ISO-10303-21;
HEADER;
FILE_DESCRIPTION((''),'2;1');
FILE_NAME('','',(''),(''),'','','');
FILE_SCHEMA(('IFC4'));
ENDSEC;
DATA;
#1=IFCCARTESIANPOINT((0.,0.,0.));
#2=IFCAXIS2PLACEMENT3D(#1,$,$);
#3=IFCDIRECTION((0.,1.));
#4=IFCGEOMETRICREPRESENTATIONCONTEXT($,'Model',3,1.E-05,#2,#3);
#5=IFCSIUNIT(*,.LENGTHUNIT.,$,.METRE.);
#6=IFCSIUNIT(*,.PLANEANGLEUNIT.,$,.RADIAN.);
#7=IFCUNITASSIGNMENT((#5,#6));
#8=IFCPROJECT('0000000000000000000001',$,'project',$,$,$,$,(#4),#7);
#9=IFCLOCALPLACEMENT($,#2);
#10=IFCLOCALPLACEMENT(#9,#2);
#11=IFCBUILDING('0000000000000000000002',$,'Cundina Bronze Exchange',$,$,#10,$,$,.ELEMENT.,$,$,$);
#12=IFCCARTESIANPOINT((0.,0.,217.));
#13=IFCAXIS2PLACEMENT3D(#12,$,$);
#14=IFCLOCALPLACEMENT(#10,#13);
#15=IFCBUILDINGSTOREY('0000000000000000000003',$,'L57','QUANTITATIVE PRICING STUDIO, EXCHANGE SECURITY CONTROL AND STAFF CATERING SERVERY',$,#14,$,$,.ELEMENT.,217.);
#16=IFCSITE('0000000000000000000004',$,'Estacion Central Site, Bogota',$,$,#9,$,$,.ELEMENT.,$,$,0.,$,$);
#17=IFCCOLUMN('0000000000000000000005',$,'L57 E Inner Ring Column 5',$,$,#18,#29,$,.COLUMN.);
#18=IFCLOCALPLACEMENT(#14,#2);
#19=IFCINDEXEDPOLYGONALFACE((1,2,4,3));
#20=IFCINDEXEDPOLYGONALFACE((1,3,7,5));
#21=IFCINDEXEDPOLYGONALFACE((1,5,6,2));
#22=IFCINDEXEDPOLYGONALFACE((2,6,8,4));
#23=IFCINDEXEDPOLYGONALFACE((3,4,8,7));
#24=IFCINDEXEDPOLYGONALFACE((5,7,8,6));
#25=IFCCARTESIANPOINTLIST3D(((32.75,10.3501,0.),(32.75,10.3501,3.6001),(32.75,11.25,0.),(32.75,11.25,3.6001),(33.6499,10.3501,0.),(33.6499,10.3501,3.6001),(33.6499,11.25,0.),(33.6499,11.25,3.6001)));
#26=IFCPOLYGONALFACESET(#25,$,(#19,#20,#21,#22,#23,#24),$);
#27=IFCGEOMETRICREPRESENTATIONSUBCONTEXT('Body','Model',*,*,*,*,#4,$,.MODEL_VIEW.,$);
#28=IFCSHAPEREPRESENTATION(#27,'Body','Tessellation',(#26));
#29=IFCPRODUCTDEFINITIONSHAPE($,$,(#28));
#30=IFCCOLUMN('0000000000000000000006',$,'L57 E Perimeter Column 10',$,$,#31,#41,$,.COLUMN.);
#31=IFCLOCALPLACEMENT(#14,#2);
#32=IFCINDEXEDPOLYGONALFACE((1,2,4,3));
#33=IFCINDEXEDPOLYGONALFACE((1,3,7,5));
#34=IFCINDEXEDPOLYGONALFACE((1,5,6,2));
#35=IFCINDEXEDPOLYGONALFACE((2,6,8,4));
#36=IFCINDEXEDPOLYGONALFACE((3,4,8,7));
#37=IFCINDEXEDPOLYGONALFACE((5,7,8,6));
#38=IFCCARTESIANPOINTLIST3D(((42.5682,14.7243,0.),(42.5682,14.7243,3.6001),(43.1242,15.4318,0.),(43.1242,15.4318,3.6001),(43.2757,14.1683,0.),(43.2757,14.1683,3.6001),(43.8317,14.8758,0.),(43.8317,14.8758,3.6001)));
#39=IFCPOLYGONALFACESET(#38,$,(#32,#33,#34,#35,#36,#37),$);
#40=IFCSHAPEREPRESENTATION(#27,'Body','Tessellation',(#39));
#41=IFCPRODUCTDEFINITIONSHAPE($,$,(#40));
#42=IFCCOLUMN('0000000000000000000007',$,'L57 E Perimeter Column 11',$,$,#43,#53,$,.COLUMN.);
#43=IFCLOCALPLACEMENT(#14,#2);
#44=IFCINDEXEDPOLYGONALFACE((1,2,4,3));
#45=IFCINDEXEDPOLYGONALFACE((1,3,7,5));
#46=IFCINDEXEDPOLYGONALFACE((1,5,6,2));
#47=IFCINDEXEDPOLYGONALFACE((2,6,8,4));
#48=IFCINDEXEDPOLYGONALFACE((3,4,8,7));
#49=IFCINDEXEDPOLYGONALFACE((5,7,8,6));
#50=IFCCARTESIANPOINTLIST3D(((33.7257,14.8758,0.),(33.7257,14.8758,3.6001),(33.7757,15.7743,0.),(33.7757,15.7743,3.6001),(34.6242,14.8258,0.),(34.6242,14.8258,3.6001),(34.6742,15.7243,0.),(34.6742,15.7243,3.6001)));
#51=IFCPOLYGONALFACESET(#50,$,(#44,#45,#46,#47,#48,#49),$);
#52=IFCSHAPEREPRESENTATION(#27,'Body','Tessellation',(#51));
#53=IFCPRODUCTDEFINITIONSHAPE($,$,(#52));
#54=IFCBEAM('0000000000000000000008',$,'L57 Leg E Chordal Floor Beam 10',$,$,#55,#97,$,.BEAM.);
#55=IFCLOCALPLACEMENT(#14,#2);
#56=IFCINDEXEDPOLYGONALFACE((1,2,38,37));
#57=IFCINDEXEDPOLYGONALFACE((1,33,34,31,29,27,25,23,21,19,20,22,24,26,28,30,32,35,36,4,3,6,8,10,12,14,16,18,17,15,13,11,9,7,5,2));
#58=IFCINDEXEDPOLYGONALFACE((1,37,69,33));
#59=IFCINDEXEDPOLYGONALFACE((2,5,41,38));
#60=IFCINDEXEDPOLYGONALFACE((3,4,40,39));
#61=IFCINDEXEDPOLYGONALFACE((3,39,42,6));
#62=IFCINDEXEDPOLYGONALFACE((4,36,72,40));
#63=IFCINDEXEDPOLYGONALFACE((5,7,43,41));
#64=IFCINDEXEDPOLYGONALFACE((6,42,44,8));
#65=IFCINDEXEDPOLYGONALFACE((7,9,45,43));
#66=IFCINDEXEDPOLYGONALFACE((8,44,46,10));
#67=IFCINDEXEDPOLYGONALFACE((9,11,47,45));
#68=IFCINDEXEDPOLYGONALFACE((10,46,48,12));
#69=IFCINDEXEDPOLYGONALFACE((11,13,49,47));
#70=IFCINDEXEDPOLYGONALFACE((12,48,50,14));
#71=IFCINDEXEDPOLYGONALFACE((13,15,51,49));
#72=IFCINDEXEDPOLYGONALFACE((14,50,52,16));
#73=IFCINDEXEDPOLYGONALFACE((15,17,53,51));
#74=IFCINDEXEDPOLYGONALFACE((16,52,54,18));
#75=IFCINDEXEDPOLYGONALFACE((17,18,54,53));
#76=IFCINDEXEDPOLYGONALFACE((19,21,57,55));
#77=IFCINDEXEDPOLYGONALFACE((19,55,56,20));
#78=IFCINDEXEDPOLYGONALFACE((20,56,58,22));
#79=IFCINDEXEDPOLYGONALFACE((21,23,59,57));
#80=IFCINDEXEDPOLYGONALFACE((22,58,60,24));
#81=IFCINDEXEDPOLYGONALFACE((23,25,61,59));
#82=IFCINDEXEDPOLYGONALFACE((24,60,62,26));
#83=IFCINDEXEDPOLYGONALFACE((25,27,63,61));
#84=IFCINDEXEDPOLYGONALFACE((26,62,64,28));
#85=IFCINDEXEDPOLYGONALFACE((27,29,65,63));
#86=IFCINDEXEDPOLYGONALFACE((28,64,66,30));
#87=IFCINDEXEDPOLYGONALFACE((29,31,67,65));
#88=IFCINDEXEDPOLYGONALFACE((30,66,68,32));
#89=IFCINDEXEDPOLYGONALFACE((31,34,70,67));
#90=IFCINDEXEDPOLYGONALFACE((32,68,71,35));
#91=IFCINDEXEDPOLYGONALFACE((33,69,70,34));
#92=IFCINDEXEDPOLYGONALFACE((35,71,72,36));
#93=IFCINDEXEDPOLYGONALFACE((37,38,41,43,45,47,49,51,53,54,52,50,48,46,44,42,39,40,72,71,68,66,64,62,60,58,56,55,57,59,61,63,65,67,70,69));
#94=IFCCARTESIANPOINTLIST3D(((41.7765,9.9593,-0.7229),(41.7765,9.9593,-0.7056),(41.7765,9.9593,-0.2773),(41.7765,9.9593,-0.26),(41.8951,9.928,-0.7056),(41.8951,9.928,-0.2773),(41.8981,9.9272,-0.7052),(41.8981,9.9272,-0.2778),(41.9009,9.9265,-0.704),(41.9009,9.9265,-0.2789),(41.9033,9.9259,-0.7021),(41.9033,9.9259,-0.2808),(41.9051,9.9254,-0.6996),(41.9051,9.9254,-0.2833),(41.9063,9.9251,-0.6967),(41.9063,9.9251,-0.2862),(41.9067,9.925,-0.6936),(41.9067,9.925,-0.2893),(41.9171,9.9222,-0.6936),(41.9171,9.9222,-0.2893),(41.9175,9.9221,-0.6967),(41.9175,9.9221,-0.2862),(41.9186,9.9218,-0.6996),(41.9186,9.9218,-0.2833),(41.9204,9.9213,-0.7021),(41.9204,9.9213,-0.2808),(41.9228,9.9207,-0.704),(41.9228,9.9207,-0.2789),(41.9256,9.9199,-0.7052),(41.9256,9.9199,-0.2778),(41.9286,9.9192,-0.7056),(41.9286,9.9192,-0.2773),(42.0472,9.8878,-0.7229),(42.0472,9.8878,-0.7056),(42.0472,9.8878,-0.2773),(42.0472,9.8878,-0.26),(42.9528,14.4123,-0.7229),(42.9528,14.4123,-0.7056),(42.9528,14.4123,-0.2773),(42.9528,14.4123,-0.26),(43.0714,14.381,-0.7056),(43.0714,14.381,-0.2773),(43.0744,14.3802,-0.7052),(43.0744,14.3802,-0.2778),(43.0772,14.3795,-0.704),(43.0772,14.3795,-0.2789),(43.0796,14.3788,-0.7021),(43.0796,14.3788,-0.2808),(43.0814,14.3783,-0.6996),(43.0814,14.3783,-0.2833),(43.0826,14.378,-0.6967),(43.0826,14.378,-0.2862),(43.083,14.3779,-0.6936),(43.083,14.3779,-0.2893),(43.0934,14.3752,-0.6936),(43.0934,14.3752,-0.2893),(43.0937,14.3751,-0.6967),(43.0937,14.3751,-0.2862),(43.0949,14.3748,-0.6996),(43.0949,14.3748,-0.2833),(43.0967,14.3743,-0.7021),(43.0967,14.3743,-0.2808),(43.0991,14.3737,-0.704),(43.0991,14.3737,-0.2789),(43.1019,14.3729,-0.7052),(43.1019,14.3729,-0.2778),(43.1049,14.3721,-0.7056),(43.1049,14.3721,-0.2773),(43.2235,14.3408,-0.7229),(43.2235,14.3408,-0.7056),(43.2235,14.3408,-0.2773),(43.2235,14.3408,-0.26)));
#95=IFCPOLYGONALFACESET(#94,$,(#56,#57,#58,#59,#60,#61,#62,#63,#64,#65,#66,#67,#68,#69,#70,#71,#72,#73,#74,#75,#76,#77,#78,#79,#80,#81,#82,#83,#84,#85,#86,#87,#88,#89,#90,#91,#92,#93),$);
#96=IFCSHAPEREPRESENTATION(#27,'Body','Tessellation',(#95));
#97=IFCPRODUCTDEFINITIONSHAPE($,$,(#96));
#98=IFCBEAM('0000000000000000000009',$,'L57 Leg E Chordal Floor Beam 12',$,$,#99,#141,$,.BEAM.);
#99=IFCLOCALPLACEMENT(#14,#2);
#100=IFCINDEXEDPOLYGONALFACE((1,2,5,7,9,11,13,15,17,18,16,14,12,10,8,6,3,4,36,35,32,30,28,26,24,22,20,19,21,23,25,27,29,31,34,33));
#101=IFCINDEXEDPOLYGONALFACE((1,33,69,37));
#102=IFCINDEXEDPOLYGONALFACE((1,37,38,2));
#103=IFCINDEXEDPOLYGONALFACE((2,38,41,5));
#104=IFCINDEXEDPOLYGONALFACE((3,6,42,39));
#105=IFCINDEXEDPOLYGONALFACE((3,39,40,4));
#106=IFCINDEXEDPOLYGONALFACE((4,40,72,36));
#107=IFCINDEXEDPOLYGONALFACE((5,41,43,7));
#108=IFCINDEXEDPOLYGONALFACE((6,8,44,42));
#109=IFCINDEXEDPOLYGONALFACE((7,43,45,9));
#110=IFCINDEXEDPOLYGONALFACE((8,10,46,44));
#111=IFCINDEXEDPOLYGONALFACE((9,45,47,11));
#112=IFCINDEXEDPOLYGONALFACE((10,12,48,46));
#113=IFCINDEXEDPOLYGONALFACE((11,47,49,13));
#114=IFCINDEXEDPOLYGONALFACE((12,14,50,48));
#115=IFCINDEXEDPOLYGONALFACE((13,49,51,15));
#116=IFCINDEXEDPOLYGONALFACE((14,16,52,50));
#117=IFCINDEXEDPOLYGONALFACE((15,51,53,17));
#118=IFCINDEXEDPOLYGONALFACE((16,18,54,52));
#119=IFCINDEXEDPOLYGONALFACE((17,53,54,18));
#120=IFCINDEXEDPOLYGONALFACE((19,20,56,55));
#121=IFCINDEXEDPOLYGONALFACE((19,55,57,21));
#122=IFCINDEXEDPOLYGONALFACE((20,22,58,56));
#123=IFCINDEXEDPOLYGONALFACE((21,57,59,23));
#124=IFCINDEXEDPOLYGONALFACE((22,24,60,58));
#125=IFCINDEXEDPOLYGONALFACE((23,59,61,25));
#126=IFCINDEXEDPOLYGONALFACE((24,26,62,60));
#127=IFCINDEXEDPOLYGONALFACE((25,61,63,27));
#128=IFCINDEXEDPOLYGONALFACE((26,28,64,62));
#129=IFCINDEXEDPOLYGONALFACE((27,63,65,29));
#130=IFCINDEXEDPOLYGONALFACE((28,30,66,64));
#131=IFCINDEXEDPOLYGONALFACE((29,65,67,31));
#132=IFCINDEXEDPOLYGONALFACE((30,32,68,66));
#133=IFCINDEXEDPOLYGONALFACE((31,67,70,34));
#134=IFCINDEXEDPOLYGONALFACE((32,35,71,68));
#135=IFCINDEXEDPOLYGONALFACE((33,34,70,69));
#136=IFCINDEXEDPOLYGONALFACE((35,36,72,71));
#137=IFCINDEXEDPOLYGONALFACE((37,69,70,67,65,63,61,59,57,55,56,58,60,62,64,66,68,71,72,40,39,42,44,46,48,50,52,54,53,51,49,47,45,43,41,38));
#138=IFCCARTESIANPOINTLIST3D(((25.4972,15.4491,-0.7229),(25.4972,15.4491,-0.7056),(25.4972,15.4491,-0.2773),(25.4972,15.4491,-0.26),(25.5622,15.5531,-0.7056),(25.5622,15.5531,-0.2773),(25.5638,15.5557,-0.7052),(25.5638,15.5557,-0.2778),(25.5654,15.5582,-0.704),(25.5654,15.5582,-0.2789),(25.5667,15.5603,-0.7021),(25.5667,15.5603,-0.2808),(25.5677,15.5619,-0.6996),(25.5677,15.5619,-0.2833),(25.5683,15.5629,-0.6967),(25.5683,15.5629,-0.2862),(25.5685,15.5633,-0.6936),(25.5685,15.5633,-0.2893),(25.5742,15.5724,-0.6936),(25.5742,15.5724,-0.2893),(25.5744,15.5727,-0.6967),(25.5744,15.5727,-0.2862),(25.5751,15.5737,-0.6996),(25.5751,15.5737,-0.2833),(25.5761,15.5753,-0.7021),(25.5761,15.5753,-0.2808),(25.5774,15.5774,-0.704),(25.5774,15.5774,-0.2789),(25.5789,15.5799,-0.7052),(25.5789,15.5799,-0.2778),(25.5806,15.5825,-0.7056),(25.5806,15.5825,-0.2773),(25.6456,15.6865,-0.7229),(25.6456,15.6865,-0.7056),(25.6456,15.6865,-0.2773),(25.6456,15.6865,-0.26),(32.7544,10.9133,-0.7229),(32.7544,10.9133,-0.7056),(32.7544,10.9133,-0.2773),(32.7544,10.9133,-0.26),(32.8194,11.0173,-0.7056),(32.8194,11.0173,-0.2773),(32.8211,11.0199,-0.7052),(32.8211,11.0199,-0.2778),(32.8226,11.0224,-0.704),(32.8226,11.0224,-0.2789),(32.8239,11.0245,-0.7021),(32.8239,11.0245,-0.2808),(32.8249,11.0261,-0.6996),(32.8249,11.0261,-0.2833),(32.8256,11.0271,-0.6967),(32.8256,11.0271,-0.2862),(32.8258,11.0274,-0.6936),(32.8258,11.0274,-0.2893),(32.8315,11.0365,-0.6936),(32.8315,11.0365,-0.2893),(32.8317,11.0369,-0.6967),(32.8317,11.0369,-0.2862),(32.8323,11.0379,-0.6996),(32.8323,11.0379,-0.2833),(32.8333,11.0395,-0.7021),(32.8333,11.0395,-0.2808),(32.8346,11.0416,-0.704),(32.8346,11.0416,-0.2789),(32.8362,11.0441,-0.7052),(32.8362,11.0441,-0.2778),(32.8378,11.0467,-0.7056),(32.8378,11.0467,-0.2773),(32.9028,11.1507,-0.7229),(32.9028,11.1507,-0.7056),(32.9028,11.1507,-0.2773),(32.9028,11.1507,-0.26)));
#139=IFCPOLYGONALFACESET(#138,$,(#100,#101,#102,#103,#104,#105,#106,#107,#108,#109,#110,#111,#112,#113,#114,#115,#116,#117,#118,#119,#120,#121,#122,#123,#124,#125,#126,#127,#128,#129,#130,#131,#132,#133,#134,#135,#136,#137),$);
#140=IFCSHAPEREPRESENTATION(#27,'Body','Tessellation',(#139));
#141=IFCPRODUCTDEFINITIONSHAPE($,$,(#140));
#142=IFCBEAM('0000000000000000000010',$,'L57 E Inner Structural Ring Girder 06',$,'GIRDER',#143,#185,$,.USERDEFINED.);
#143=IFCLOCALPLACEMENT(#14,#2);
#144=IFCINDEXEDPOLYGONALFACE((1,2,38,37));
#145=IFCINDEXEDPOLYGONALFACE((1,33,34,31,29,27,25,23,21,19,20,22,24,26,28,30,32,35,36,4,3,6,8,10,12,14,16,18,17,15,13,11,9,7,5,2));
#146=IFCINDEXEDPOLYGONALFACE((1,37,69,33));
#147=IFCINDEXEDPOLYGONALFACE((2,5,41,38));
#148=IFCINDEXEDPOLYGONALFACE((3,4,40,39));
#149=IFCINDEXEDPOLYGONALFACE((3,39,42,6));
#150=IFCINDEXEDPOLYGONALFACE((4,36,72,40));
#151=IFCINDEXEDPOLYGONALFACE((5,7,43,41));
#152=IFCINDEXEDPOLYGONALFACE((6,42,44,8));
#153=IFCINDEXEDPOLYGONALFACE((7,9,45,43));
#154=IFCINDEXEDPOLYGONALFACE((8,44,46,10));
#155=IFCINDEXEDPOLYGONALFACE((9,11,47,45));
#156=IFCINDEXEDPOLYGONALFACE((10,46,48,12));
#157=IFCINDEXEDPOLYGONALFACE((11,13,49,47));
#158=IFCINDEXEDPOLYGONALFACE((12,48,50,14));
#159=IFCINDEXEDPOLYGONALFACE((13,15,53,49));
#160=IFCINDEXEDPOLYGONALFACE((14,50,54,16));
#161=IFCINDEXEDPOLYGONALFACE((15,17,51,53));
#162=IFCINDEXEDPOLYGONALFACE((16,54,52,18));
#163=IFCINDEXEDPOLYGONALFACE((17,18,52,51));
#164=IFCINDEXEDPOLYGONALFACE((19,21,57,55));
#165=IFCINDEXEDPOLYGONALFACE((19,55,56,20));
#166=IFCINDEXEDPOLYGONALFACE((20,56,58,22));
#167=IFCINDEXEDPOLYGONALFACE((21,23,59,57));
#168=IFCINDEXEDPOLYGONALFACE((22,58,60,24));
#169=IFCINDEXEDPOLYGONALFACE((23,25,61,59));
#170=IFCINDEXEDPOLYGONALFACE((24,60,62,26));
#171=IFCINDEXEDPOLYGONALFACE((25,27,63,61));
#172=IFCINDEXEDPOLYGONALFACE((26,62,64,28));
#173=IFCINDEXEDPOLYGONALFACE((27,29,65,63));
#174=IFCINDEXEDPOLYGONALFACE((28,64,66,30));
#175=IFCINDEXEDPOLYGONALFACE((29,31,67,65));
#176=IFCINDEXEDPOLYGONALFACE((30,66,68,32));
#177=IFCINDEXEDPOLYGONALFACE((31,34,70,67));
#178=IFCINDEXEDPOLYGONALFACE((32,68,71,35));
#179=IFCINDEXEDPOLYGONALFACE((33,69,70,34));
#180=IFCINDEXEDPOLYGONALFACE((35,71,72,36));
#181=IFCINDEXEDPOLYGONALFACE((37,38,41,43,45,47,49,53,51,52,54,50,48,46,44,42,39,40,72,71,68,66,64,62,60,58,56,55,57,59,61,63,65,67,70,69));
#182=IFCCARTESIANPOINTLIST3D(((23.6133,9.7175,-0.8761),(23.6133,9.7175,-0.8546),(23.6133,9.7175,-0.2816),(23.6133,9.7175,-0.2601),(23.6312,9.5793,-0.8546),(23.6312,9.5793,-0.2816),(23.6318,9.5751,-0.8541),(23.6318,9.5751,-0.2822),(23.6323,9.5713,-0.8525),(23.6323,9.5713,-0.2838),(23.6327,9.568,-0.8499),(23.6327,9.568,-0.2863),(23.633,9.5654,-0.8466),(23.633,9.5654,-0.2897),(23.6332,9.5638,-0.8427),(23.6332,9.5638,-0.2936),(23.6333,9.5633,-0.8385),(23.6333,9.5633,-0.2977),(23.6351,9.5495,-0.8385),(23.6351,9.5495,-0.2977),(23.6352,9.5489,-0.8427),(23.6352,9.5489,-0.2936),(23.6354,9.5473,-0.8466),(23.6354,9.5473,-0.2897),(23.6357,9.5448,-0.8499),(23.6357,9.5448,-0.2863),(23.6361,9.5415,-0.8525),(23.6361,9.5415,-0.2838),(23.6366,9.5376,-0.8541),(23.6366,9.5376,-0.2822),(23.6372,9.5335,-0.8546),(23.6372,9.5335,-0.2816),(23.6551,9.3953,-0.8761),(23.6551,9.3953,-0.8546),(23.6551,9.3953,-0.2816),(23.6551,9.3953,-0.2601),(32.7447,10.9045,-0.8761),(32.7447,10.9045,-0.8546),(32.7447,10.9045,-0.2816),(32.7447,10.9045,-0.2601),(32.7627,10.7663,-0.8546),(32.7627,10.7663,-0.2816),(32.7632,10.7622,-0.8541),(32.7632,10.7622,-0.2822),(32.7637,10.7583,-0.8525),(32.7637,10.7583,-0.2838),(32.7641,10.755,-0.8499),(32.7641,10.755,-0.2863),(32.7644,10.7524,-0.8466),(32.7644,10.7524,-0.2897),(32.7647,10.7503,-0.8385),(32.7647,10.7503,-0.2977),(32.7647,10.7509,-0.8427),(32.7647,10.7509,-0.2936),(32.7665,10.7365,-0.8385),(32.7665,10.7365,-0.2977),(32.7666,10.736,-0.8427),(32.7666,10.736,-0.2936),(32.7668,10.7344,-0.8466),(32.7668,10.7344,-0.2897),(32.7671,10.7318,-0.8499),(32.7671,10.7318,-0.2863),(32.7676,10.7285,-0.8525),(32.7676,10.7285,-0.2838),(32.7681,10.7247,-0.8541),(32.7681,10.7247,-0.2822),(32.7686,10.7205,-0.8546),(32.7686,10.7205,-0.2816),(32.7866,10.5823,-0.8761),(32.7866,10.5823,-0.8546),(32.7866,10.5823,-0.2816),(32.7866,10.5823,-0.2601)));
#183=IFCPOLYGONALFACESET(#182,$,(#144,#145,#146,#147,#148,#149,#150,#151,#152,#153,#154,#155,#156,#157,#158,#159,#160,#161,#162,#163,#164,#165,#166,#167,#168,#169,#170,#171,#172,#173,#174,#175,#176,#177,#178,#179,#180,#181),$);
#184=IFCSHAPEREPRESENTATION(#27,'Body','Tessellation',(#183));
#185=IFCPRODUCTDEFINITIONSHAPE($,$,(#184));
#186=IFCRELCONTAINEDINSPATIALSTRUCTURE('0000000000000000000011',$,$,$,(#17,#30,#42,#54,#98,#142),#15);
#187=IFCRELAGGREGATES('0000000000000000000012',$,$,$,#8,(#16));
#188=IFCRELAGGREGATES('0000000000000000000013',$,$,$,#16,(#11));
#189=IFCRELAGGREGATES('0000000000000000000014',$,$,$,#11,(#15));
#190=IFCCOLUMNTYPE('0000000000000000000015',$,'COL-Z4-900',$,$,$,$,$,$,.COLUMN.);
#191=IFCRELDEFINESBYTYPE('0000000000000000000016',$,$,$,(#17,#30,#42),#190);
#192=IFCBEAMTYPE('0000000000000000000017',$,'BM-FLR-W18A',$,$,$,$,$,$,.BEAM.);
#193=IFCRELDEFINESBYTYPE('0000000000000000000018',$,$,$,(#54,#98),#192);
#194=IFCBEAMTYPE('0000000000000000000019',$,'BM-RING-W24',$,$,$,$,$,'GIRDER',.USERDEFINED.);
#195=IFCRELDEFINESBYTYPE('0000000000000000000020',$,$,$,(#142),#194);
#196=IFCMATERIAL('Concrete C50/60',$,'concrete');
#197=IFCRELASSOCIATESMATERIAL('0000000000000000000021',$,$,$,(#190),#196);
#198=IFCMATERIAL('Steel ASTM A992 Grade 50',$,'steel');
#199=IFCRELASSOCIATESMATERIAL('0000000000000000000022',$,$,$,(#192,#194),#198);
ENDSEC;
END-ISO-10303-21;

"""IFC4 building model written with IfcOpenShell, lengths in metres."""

from ifc_helpers import new_model, si_unit, direction, frame, origin, origin_2d, place, context, subcontext, project, spatial, rectangle, i_section, extrude, material, material_profile, profile_set, type_object, element, save


model = new_model("IFC4")

# Units and contexts
model_context = context("Model", 3, precision=1e-05, world=origin(), true_north=direction((0.0, 1.0)))
body_context = subcontext(model_context, "Body", "Model", "MODEL_VIEW")
ifc_project = project(units=[si_unit("LENGTHUNIT", "METRE"), si_unit("PLANEANGLEUNIT", "RADIAN")], contexts=[model_context])

# Site, building, storey
site_placement = place(None, origin())
site = spatial("IfcSite", under=ifc_project, at=site_placement, Name="Estacion Central Site, Bogota", CompositionType="ELEMENT", RefElevation=0.0)
building_placement = place(site_placement, origin())
building = spatial("IfcBuilding", under=site, at=building_placement, Name="Cundina Bronze Exchange", CompositionType="ELEMENT")
storey_placement = place(building_placement, frame((0.0, 0.0, 217.0)))
storey = spatial("IfcBuildingStorey", under=building, at=storey_placement, Name="L57", Description="QUANTITATIVE PRICING STUDIO, EXCHANGE SECURITY CONTROL AND STAFF CATERING SERVERY", CompositionType="ELEMENT", Elevation=217.0)

# Columns
ifc_material_1 = material(Name="Concrete C50/60", Category="concrete")
ifc_material_profile_1 = material_profile(ifc_material_1, rectangle(XDim=0.8999, YDim=0.8999, at=origin_2d()), Name="RC900X900", Category="concrete")
ifc_profile_set_1 = profile_set([ifc_material_profile_1], Name="Concrete C50/60")
column_type = type_object("IfcColumnType", Name="COL-Z4-900", PredefinedType="COLUMN", material=ifc_profile_set_1)
for number, where, z_axis, x_axis, name in (
    (1, (33.2, 10.8, 0.0), (0.0, 0.0, 1.0), (1.0, 0.0, 0.0), "L57 E Inner Ring Column 5"),
    (2, (43.2, 14.8, 0.0), (0.0, 0.0, 1.0), (-0.786288, 0.61786, 0.0), "L57 E Perimeter Column 10"),
    (3, (34.2, 15.3, 0.0), (0.0, 0.0, 1.0), (-0.99846, 0.055473, 0.0), "L57 E Perimeter Column 11"),
):
    element("IfcColumn", number, at=place(storey_placement, frame(where, z_axis=z_axis, x_axis=x_axis)), inside=storey, type_object=column_type, Name=name, PredefinedType="COLUMN", context=body_context, shape_type="SweptSolid", body=[
        extrude(rectangle(XDim=0.8999, YDim=0.8999, at=origin_2d()), origin(), (0.0, 0.0, 1.0), 3.6001),
    ])

# Beams
ifc_material_2 = material(Name="Steel ASTM A992 Grade 50", Category="steel")
ifc_material_profile_2 = material_profile(ifc_material_2, i_section(OverallWidth=0.28, OverallDepth=0.4629, WebThickness=0.0107, FlangeThickness=0.0173, FilletRadius=0.012, at=origin_2d()), Name="W18X76", Category="steel")
ifc_profile_set_2 = profile_set([ifc_material_profile_2], Name="Steel ASTM A992 Grade 50")
beam_type_1 = type_object("IfcBeamType", Name="BM-FLR-W18A", PredefinedType="BEAM", material=ifc_profile_set_2)
beam_1_placement = place(storey_placement, frame((41.9119, 9.9236, -0.4915), z_axis=(0.255399, 0.966836, 0.0), x_axis=(-0.966836, 0.255399, 0.0)))
element("IfcBeam", 4, at=beam_1_placement, inside=storey, type_object=beam_type_1, Name="L57 Leg E Chordal Floor Beam 10", PredefinedType="BEAM", context=body_context, shape_type="SweptSolid", body=[
    extrude(i_section(OverallWidth=0.28, OverallDepth=0.4629, WebThickness=0.0107, FlangeThickness=0.0173, FilletRadius=0.012, at=origin_2d()), origin(), (0.0, 0.0, 1.0), 4.6057),
])
beam_2_placement = place(storey_placement, frame((32.8286, 11.032, -0.4915), z_axis=(-0.847995, 0.530004, 0.0), x_axis=(-0.530004, -0.847995, 0.0)))
element("IfcBeam", 5, at=beam_2_placement, inside=storey, type_object=beam_type_1, Name="L57 Leg E Chordal Floor Beam 12", PredefinedType="BEAM", context=body_context, shape_type="SweptSolid", body=[
    extrude(i_section(OverallWidth=0.28, OverallDepth=0.4629, WebThickness=0.0107, FlangeThickness=0.0173, FilletRadius=0.012, at=origin_2d()), origin(), (0.0, 0.0, 1.0), 8.5581),
])
ifc_material_profile_3 = material_profile(ifc_material_2, i_section(OverallWidth=0.325, OverallDepth=0.616, WebThickness=0.0139, FlangeThickness=0.0215, FilletRadius=0.0161, at=origin_2d()), Name="W24X117", Category="steel")
ifc_profile_set_3 = profile_set([ifc_material_profile_3], Name="Steel ASTM A992 Grade 50")
beam_type_2 = type_object("IfcBeamType", Name="BM-RING-W24", ElementType="GIRDER", PredefinedType="USERDEFINED", material=ifc_profile_set_3)
beam_3_placement = place(storey_placement, frame((32.7656, 10.7434, -0.5681), z_axis=(-0.991656, -0.128908, 0.0), x_axis=(0.128908, -0.991656, 0.0)))
element("IfcBeam", 6, at=beam_3_placement, inside=storey, type_object=beam_type_2, Name="L57 E Inner Structural Ring Girder 06", ObjectType="GIRDER", PredefinedType="USERDEFINED", context=body_context, shape_type="SweptSolid", body=[
    extrude(i_section(OverallWidth=0.325, OverallDepth=0.616, WebThickness=0.0139, FlangeThickness=0.0215, FilletRadius=0.0161, at=origin_2d()), origin(), (0.0, 0.0, 1.0), 9.2083),
])

save(model, "model.ifc")
